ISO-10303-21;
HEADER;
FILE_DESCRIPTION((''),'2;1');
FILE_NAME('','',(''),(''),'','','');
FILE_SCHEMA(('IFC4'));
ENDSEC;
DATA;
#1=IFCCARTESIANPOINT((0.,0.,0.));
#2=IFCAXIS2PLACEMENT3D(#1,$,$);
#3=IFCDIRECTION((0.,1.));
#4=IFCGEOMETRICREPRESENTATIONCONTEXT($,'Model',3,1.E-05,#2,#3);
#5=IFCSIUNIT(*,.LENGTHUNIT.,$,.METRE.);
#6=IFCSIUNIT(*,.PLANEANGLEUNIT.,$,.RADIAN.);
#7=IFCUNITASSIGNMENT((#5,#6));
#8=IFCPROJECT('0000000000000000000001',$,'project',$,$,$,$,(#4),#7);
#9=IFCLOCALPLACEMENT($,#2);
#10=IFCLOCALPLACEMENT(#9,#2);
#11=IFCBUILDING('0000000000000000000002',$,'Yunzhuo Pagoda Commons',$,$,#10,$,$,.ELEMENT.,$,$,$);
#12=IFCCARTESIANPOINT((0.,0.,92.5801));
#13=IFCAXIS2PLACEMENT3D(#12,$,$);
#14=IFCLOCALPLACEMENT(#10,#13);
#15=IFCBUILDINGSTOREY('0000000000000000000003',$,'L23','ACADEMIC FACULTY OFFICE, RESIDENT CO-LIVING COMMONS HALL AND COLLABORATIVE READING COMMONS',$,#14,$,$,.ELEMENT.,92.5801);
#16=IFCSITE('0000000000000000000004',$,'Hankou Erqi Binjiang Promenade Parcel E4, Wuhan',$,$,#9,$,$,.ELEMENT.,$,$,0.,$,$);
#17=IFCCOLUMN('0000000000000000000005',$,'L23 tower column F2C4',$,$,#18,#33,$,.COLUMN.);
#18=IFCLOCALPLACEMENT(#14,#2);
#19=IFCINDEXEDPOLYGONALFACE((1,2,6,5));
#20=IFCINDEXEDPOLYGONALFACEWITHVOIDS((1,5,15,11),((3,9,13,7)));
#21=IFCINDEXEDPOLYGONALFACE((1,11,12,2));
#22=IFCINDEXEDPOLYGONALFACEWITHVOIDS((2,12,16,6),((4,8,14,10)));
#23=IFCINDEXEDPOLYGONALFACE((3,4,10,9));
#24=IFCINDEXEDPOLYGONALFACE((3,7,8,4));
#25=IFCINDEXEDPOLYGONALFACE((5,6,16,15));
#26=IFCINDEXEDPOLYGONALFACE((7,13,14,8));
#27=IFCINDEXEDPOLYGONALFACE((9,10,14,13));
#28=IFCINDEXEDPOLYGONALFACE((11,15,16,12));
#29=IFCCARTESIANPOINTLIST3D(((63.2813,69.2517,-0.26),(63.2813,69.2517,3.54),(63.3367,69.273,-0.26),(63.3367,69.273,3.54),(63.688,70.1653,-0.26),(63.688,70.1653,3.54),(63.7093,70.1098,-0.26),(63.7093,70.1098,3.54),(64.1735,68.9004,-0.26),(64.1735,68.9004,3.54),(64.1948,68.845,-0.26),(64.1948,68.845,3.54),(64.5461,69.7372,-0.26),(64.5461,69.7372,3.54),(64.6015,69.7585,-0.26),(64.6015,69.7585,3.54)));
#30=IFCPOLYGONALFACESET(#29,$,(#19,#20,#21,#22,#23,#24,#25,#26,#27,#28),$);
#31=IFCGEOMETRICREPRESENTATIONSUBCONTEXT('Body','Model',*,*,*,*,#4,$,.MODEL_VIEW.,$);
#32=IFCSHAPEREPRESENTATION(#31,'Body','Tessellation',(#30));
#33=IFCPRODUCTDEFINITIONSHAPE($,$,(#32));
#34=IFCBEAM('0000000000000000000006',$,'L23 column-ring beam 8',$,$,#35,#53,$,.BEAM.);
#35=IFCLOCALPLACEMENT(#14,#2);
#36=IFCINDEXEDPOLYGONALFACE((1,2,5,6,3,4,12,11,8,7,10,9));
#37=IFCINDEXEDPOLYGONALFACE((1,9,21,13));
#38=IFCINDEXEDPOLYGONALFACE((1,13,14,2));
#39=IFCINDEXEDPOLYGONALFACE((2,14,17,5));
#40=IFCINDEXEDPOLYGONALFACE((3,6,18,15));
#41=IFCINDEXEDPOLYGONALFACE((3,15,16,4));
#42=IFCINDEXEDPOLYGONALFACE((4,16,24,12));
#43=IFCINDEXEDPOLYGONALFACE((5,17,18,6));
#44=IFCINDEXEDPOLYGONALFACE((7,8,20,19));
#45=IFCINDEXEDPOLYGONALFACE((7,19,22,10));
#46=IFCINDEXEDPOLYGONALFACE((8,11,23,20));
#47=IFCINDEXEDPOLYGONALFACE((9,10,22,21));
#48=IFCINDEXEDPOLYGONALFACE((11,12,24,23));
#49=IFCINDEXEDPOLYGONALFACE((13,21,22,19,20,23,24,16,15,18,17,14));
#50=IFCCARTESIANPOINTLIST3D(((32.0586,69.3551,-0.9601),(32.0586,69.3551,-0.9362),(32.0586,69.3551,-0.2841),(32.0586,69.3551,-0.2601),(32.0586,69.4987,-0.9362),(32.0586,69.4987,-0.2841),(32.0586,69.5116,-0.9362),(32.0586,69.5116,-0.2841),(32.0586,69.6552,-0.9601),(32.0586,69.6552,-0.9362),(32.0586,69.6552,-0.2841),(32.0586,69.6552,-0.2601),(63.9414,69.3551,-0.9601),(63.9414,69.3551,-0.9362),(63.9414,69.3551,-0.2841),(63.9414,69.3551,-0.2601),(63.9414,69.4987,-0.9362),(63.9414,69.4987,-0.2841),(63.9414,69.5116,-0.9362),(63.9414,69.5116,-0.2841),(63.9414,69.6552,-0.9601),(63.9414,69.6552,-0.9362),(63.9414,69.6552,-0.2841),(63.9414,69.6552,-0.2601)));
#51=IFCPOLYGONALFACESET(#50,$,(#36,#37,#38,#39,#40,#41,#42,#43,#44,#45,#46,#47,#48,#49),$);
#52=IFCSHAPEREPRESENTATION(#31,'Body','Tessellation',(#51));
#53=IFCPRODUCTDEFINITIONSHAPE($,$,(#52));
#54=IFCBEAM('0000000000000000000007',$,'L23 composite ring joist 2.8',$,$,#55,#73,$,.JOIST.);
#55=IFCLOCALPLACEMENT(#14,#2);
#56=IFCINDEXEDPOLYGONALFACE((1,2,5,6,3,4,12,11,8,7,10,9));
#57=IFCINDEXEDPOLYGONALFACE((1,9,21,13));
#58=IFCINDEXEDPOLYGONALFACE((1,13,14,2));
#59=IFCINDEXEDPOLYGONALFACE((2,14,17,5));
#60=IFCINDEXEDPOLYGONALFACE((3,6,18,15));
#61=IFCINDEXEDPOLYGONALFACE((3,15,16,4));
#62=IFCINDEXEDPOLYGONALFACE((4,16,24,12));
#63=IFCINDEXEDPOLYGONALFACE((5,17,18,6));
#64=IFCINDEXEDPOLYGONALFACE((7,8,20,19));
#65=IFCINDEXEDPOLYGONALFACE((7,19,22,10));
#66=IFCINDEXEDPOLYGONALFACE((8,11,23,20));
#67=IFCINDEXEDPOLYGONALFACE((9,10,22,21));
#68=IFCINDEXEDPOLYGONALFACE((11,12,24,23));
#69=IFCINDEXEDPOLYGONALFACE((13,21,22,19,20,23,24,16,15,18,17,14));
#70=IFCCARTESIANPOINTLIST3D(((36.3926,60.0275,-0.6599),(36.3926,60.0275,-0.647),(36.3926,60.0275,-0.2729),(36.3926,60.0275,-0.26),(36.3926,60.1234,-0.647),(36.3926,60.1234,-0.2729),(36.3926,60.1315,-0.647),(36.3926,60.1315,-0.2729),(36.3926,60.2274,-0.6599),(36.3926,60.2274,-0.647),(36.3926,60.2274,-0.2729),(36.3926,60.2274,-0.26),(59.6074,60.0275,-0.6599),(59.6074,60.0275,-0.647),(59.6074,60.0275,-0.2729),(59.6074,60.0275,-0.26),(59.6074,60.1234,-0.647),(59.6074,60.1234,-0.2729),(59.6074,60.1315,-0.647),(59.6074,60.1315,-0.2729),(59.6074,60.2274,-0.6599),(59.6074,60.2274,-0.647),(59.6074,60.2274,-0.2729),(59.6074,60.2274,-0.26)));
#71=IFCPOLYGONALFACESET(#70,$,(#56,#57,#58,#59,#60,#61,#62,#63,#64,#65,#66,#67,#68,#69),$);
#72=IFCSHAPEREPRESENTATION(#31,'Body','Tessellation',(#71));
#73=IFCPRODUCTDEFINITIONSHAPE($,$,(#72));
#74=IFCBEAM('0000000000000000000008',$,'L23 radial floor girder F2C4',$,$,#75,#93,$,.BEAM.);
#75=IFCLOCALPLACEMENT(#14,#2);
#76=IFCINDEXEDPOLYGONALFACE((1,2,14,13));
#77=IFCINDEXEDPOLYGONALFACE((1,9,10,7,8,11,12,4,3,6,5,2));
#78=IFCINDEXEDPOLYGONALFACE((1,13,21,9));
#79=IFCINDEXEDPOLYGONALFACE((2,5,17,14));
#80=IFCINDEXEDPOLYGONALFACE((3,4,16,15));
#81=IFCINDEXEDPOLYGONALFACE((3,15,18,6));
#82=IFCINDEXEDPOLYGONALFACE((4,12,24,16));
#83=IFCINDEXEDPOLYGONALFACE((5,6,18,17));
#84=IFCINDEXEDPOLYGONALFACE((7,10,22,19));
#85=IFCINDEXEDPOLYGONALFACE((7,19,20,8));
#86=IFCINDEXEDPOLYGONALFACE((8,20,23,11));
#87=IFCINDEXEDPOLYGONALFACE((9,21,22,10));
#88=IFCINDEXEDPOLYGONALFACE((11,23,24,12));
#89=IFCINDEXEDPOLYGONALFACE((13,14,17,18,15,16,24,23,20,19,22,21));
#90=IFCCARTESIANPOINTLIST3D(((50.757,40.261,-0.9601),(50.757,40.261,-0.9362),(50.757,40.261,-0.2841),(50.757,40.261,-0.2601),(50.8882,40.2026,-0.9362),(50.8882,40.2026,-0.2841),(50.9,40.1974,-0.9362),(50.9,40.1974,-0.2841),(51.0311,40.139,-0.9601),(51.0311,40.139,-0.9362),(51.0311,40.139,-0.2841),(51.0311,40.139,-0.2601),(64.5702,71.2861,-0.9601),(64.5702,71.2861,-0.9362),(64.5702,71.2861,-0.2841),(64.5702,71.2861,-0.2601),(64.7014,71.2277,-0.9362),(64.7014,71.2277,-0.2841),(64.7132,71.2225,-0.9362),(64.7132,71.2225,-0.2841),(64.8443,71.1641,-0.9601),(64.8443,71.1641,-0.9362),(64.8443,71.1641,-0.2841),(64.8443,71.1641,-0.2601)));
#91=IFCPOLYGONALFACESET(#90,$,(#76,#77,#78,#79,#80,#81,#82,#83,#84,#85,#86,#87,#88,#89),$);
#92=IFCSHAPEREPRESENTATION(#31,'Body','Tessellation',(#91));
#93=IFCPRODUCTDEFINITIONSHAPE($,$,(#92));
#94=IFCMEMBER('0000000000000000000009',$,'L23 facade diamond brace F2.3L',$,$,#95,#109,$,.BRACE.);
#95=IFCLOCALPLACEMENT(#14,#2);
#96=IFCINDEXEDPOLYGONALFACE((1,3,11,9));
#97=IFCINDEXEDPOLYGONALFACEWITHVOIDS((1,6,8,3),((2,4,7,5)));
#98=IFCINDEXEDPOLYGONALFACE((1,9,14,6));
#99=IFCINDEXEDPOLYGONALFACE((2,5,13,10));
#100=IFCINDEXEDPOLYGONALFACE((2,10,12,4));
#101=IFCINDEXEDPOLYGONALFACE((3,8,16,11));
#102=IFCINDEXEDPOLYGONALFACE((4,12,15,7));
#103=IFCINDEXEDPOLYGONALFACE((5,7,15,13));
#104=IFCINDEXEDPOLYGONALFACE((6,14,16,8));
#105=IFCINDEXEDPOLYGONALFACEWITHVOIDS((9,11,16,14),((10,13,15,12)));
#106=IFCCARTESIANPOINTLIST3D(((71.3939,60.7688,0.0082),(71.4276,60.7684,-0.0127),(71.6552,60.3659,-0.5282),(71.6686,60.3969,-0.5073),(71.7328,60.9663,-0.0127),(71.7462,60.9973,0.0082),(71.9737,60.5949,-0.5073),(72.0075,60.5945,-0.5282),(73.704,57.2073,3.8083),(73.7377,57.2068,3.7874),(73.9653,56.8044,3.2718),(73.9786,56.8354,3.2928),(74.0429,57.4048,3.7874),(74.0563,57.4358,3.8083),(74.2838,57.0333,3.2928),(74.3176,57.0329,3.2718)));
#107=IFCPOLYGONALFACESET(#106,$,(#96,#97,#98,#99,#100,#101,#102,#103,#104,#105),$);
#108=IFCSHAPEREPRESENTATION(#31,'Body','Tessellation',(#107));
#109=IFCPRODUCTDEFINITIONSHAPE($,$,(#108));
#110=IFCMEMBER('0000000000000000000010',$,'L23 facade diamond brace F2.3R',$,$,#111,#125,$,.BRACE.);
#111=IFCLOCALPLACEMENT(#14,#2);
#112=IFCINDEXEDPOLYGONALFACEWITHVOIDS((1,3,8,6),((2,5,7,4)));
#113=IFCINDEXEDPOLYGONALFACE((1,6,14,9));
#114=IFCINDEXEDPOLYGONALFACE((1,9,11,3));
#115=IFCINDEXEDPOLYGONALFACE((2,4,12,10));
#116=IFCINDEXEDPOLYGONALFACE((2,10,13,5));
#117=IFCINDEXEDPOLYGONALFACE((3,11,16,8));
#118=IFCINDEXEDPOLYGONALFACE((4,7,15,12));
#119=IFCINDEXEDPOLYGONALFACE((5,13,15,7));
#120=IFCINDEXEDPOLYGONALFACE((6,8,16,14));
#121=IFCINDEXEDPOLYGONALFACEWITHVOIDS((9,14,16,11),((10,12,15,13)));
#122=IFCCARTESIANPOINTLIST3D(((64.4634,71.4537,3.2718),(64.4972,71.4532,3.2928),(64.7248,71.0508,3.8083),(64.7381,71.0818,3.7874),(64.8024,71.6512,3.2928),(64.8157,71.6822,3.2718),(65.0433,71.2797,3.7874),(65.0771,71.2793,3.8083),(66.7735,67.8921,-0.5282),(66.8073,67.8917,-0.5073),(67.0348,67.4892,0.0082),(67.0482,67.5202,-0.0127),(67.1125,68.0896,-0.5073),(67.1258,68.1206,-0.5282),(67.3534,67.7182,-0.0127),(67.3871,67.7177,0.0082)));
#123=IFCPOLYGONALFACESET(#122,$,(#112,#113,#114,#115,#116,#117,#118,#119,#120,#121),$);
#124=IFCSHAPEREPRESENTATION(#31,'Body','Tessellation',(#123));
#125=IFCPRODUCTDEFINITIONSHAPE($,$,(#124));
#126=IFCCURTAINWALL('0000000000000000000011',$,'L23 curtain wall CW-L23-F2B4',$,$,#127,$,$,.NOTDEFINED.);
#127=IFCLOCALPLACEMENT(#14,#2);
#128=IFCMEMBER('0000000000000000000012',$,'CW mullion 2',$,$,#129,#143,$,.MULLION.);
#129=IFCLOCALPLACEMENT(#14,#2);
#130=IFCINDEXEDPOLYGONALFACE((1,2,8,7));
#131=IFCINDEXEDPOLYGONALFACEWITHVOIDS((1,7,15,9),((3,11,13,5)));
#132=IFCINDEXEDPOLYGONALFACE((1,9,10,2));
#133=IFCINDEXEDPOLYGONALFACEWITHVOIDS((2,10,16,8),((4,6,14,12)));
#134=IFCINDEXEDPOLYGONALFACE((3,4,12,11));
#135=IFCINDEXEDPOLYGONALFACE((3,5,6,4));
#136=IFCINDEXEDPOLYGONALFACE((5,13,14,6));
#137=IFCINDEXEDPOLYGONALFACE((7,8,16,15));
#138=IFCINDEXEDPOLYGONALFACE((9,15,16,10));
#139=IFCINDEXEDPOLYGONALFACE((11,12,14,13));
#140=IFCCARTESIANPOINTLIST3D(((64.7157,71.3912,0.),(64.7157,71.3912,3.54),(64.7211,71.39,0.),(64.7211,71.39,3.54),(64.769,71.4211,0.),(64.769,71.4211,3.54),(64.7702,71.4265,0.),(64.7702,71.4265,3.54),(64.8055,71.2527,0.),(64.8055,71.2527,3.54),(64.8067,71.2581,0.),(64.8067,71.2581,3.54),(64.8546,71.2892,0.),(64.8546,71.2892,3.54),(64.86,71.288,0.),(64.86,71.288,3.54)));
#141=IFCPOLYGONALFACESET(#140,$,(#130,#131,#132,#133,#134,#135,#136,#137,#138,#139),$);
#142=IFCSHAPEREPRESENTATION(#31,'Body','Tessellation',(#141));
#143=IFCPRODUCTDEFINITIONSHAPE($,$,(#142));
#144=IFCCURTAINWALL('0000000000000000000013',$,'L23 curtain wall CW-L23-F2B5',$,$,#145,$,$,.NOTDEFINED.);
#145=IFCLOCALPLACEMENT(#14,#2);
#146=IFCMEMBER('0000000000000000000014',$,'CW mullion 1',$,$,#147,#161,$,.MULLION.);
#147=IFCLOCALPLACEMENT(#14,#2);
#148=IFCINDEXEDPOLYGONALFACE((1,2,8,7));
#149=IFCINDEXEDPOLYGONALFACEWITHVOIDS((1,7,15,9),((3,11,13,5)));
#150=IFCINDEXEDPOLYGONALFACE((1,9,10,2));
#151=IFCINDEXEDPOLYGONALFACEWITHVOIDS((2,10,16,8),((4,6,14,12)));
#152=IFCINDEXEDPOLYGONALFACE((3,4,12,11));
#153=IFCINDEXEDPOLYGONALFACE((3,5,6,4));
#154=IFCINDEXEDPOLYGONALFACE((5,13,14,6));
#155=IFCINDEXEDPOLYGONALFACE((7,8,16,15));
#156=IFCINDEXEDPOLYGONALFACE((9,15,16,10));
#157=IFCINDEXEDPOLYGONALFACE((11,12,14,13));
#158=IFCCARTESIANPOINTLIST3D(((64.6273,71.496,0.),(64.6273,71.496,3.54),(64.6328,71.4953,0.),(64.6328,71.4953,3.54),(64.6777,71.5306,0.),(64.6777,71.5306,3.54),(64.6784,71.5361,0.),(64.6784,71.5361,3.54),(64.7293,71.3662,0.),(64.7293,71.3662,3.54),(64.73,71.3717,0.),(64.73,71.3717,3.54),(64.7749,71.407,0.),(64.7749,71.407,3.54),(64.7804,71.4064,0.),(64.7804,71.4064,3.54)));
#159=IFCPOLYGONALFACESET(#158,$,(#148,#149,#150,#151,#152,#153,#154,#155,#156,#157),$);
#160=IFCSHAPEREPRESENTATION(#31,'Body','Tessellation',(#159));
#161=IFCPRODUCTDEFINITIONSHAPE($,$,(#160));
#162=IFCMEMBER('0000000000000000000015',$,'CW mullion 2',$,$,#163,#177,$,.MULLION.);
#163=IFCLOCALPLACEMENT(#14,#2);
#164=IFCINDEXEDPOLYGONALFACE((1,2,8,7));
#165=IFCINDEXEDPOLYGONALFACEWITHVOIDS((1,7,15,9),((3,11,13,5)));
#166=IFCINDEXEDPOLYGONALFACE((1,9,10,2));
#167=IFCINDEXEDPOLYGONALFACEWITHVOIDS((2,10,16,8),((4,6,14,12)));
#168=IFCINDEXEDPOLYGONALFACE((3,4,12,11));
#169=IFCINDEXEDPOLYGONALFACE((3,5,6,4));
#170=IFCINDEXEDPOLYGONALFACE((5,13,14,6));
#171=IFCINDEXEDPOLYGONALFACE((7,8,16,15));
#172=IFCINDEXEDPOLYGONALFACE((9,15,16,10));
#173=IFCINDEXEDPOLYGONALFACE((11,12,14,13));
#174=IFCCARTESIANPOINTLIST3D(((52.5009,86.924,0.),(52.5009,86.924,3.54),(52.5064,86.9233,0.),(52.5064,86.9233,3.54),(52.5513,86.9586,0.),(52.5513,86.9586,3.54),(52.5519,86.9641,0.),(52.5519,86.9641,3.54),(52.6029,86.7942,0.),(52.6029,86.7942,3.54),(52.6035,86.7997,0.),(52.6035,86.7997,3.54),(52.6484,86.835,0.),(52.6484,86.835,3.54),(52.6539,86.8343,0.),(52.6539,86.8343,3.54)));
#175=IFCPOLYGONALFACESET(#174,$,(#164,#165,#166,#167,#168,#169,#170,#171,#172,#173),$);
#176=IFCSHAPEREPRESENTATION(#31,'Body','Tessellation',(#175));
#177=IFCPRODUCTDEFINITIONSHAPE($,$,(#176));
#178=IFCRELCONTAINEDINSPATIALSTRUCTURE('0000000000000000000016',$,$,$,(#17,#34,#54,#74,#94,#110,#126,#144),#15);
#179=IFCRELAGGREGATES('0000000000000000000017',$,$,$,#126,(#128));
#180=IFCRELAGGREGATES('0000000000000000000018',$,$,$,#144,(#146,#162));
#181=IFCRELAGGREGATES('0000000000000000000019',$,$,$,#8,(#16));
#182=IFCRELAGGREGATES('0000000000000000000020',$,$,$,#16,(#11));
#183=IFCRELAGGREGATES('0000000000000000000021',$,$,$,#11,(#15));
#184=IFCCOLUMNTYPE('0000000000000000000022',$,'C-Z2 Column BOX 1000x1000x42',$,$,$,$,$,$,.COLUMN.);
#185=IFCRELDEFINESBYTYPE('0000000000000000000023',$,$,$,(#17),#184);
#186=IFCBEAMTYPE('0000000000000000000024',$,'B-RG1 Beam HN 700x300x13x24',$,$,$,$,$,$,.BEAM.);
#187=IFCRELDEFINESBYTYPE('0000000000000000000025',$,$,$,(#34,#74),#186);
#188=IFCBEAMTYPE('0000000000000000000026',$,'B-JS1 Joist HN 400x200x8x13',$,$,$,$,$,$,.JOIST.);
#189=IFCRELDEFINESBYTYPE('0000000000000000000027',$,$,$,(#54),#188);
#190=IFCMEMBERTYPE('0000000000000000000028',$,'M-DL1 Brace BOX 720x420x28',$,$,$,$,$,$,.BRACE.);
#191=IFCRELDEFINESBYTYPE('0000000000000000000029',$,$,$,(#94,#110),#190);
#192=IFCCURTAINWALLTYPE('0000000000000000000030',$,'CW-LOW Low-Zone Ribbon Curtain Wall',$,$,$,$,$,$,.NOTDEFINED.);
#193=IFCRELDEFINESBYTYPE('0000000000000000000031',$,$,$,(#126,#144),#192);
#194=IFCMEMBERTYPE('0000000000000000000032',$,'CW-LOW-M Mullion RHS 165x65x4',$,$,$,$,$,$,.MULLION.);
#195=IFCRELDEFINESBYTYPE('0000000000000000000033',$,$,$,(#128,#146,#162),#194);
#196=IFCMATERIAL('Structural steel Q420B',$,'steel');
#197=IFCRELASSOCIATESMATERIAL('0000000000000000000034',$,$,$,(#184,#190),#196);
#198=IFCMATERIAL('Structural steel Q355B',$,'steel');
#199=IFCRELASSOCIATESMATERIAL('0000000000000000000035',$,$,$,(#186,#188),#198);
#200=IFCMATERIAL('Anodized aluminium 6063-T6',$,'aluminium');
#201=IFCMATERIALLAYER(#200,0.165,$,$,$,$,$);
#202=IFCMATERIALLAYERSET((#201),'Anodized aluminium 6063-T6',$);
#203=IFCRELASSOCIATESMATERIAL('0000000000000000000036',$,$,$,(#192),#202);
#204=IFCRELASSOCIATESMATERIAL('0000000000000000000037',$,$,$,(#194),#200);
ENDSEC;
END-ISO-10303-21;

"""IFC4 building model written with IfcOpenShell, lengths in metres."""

from ifc_helpers import new_model, si_unit, direction, frame, origin, origin_2d, place, context, subcontext, project, spatial, hollow_rectangle, i_section, extrude, source, transform, mapped, material, layer, layer_set, material_profile, profile_set, type_object, element, aggregate, save


model = new_model("IFC4")

# Units and contexts
model_context = context("Model", 3, precision=1e-05, world=origin(), true_north=direction((0.0, 1.0)))
body_context = subcontext(model_context, "Body", "Model", "MODEL_VIEW")
ifc_project = project(units=[si_unit("LENGTHUNIT", "METRE"), si_unit("PLANEANGLEUNIT", "RADIAN")], contexts=[model_context])

# Site, building, storey
site_placement = place(None, origin())
site = spatial("IfcSite", under=ifc_project, at=site_placement, Name="Hankou Erqi Binjiang Promenade Parcel E4, Wuhan", CompositionType="ELEMENT", RefElevation=0.0)
building_placement = place(site_placement, origin())
building = spatial("IfcBuilding", under=site, at=building_placement, Name="Yunzhuo Pagoda Commons", CompositionType="ELEMENT")
storey_placement = place(building_placement, frame((0.0, 0.0, 92.5801)))
storey = spatial("IfcBuildingStorey", under=building, at=storey_placement, Name="L23", Description="ACADEMIC FACULTY OFFICE, RESIDENT CO-LIVING COMMONS HALL AND COLLABORATIVE READING COMMONS", CompositionType="ELEMENT", Elevation=92.5801)

# Column
ifc_material_1 = material(Name="Structural steel Q420B", Category="steel")
ifc_material_profile_1 = material_profile(ifc_material_1, hollow_rectangle(XDim=1.0, YDim=1.0, WallThickness=0.042, at=origin_2d()), Name="Structural steel Q420B")
ifc_profile_set_1 = profile_set([ifc_material_profile_1], Name="Structural steel Q420B")
column_type = type_object("IfcColumnType", Name="C-Z2 Column BOX 1000x1000x42", PredefinedType="COLUMN", material=ifc_profile_set_1)
shared_shape_1 = source(origin(), body_context, "Body", "SweptSolid", [
    extrude(hollow_rectangle(XDim=1.0, YDim=1.0, WallThickness=0.042, at=origin_2d()), origin(), (0.0, 0.0, 1.0), 3.8),
])
column_placement = place(storey_placement, frame((63.9414, 69.5051, -0.26), z_axis=(0.0, 0.0, 1.0), x_axis=(-0.913545, 0.406737, 0.0)))
element("IfcColumn", 1, at=column_placement, inside=storey, type_object=column_type, Name="L23 tower column F2C4", PredefinedType="COLUMN", context=body_context, shape_type="MappedRepresentation", body=[
    mapped(shared_shape_1, transform((0.0, 0.0, 0.0), scale=1.0)),
])

# Beams
ifc_material_2 = material(Name="Structural steel Q355B", Category="steel")
ifc_material_profile_2 = material_profile(ifc_material_2, i_section(OverallWidth=0.3, OverallDepth=0.7, WebThickness=0.0129, FlangeThickness=0.0239, at=origin_2d()), Name="Structural steel Q355B")
ifc_profile_set_2 = profile_set([ifc_material_profile_2], Name="Structural steel Q355B")
beam_type_1 = type_object("IfcBeamType", Name="B-RG1 Beam HN 700x300x13x24", PredefinedType="BEAM", material=ifc_profile_set_2)
shared_shape_2 = source(origin(), body_context, "Body", "SweptSolid", [
    extrude(i_section(OverallWidth=0.3, OverallDepth=0.7, WebThickness=0.0129, FlangeThickness=0.0239, at=origin_2d()), origin(), (0.0, 0.0, 1.0), 31.8828),
])
beam_1_placement = place(storey_placement, frame((63.9414, 69.5051, -0.6101), z_axis=(-1.0, 0.0, 0.0), x_axis=(0.0, -1.0, 0.0)))
element("IfcBeam", 2, at=beam_1_placement, inside=storey, type_object=beam_type_1, Name="L23 column-ring beam 8", PredefinedType="BEAM", context=body_context, shape_type="MappedRepresentation", body=[
    mapped(shared_shape_2, transform((0.0, 0.0, 0.0), scale=1.0)),
])
ifc_material_profile_3 = material_profile(ifc_material_2, i_section(OverallWidth=0.2, OverallDepth=0.3999, WebThickness=0.0081, FlangeThickness=0.0129, at=origin_2d()), Name="Structural steel Q355B")
ifc_profile_set_3 = profile_set([ifc_material_profile_3], Name="Structural steel Q355B")
beam_type_2 = type_object("IfcBeamType", Name="B-JS1 Joist HN 400x200x8x13", PredefinedType="JOIST", material=ifc_profile_set_3)
shared_shape_3 = source(origin(), body_context, "Body", "SweptSolid", [
    extrude(i_section(OverallWidth=0.2, OverallDepth=0.3999, WebThickness=0.0081, FlangeThickness=0.0129, at=origin_2d()), origin(), (0.0, 0.0, 1.0), 23.2148),
])
beam_2_placement = place(storey_placement, frame((59.6074, 60.1274, -0.46), z_axis=(-1.0, 0.0, 0.0), x_axis=(0.0, -1.0, 0.0)))
element("IfcBeam", 3, at=beam_2_placement, inside=storey, type_object=beam_type_2, Name="L23 composite ring joist 2.8", PredefinedType="JOIST", context=body_context, shape_type="MappedRepresentation", body=[
    mapped(shared_shape_3, transform((0.0, 0.0, 0.0), scale=1.0)),
])
shared_shape_4 = source(origin(), body_context, "Body", "SweptSolid", [
    extrude(i_section(OverallWidth=0.3, OverallDepth=0.7, WebThickness=0.0129, FlangeThickness=0.0239, at=origin_2d()), origin(), (0.0, 0.0, 1.0), 33.9612),
])
beam_3_placement = place(storey_placement, frame((64.7073, 71.2251, -0.6101), z_axis=(-0.406735, -0.913546, 0.0), x_axis=(0.913546, -0.406735, 0.0)))
element("IfcBeam", 4, at=beam_3_placement, inside=storey, type_object=beam_type_1, Name="L23 radial floor girder F2C4", PredefinedType="BEAM", context=body_context, shape_type="MappedRepresentation", body=[
    mapped(shared_shape_4, transform((0.0, 0.0, 0.0), scale=1.0)),
])

# Members
ifc_material_profile_4 = material_profile(ifc_material_1, hollow_rectangle(XDim=0.4199, YDim=0.72, WallThickness=0.0281, at=origin_2d()), Name="Structural steel Q420B")
ifc_profile_set_4 = profile_set([ifc_material_profile_4], Name="Structural steel Q420B")
member_type_1 = type_object("IfcMemberType", Name="M-DL1 Brace BOX 720x420x28", PredefinedType="BRACE", material=ifc_profile_set_4)
shared_shape_5 = source(origin(), body_context, "Body", "SweptSolid", [
    extrude(hollow_rectangle(XDim=0.4199, YDim=0.72, WallThickness=0.0281, at=origin_2d()), origin(), (0.0, 0.0, 1.0), 5.6975),
])
for number, where, z_axis, x_axis, name in (
    (5, (71.7007, 60.6816, -0.26), (0.405453, -0.625106, 0.666971), (0.838974, 0.544171, 0.0), "L23 facade diamond brace F2.3L"),
    (6, (67.0803, 67.8049, -0.26), (-0.405453, 0.625106, 0.666971), (-0.838974, -0.544171, 0.0), "L23 facade diamond brace F2.3R"),
):
    element("IfcMember", number, at=place(storey_placement, frame(where, z_axis=z_axis, x_axis=x_axis)), inside=storey, type_object=member_type_1, Name=name, PredefinedType="BRACE", context=body_context, shape_type="MappedRepresentation", body=[
        mapped(shared_shape_5, transform((0.0, 0.0, 0.0), scale=1.0)),
    ])

# Curtain wall, member
ifc_material_3 = material(Name="Anodized aluminium 6063-T6", Category="aluminium")
ifc_layer_1 = layer(ifc_material_3, 0.165)
ifc_layer_set_1 = layer_set([ifc_layer_1], Name="Anodized aluminium 6063-T6")
curtain_wall_type = type_object("IfcCurtainWallType", Name="CW-LOW Low-Zone Ribbon Curtain Wall", PredefinedType="NOTDEFINED", material=ifc_layer_set_1)
curtain_wall_1_placement = place(storey_placement, origin())
curtain_wall_1 = element("IfcCurtainWall", 7, at=curtain_wall_1_placement, inside=storey, type_object=curtain_wall_type, Name="L23 curtain wall CW-L23-F2B4", PredefinedType="NOTDEFINED")
ifc_material_profile_5 = material_profile(ifc_material_3, hollow_rectangle(XDim=0.0649, YDim=0.165, WallThickness=0.0039, at=origin_2d()), Name="Anodized aluminium 6063-T6")
ifc_profile_set_5 = profile_set([ifc_material_profile_5], Name="Anodized aluminium 6063-T6")
member_type_2 = type_object("IfcMemberType", Name="CW-LOW-M Mullion RHS 165x65x4", PredefinedType="MULLION", material=ifc_profile_set_5)
shared_shape_6 = source(origin(), body_context, "Body", "SweptSolid", [
    extrude(hollow_rectangle(XDim=0.0649, YDim=0.165, WallThickness=0.0039, at=origin_2d()), origin(), (0.0, 0.0, 1.0), 3.54),
])
member_1_placement = place(storey_placement, frame((64.7878, 71.3396, 0.0), z_axis=(0.0, 0.0, 1.0), x_axis=(-0.838972, -0.544174, 0.0)))
member_1 = element("IfcMember", 8, at=member_1_placement, type_object=member_type_2, Name="CW mullion 2", PredefinedType="MULLION", context=body_context, shape_type="MappedRepresentation", body=[
    mapped(shared_shape_6, transform((0.0, 0.0, 0.0), scale=1.0)),
])

# Curtain wall, members
curtain_wall_2_placement = place(storey_placement, origin())
curtain_wall_2 = element("IfcCurtainWall", 9, at=curtain_wall_2_placement, inside=storey, type_object=curtain_wall_type, Name="L23 curtain wall CW-L23-F2B5", PredefinedType="NOTDEFINED")
member_2_placement = place(storey_placement, frame((64.7039, 71.4512, 0.0), z_axis=(0.0, 0.0, 1.0), x_axis=(-0.786215, -0.617953, 0.0)))
member_2 = element("IfcMember", 10, at=member_2_placement, type_object=member_type_2, Name="CW mullion 1", PredefinedType="MULLION", context=body_context, shape_type="MappedRepresentation", body=[
    mapped(shared_shape_6, transform((0.0, 0.0, 0.0), scale=1.0)),
])
member_3_placement = place(storey_placement, frame((52.5774, 86.8792, 0.0), z_axis=(0.0, 0.0, 1.0), x_axis=(-0.786215, -0.617953, 0.0)))
member_3 = element("IfcMember", 11, at=member_3_placement, type_object=member_type_2, Name="CW mullion 2", PredefinedType="MULLION", context=body_context, shape_type="MappedRepresentation", body=[
    mapped(shared_shape_6, transform((0.0, 0.0, 0.0), scale=1.0)),
])

aggregate(curtain_wall_1, [member_1])
aggregate(curtain_wall_2, [member_2, member_3])

save(model, "model.ifc")
